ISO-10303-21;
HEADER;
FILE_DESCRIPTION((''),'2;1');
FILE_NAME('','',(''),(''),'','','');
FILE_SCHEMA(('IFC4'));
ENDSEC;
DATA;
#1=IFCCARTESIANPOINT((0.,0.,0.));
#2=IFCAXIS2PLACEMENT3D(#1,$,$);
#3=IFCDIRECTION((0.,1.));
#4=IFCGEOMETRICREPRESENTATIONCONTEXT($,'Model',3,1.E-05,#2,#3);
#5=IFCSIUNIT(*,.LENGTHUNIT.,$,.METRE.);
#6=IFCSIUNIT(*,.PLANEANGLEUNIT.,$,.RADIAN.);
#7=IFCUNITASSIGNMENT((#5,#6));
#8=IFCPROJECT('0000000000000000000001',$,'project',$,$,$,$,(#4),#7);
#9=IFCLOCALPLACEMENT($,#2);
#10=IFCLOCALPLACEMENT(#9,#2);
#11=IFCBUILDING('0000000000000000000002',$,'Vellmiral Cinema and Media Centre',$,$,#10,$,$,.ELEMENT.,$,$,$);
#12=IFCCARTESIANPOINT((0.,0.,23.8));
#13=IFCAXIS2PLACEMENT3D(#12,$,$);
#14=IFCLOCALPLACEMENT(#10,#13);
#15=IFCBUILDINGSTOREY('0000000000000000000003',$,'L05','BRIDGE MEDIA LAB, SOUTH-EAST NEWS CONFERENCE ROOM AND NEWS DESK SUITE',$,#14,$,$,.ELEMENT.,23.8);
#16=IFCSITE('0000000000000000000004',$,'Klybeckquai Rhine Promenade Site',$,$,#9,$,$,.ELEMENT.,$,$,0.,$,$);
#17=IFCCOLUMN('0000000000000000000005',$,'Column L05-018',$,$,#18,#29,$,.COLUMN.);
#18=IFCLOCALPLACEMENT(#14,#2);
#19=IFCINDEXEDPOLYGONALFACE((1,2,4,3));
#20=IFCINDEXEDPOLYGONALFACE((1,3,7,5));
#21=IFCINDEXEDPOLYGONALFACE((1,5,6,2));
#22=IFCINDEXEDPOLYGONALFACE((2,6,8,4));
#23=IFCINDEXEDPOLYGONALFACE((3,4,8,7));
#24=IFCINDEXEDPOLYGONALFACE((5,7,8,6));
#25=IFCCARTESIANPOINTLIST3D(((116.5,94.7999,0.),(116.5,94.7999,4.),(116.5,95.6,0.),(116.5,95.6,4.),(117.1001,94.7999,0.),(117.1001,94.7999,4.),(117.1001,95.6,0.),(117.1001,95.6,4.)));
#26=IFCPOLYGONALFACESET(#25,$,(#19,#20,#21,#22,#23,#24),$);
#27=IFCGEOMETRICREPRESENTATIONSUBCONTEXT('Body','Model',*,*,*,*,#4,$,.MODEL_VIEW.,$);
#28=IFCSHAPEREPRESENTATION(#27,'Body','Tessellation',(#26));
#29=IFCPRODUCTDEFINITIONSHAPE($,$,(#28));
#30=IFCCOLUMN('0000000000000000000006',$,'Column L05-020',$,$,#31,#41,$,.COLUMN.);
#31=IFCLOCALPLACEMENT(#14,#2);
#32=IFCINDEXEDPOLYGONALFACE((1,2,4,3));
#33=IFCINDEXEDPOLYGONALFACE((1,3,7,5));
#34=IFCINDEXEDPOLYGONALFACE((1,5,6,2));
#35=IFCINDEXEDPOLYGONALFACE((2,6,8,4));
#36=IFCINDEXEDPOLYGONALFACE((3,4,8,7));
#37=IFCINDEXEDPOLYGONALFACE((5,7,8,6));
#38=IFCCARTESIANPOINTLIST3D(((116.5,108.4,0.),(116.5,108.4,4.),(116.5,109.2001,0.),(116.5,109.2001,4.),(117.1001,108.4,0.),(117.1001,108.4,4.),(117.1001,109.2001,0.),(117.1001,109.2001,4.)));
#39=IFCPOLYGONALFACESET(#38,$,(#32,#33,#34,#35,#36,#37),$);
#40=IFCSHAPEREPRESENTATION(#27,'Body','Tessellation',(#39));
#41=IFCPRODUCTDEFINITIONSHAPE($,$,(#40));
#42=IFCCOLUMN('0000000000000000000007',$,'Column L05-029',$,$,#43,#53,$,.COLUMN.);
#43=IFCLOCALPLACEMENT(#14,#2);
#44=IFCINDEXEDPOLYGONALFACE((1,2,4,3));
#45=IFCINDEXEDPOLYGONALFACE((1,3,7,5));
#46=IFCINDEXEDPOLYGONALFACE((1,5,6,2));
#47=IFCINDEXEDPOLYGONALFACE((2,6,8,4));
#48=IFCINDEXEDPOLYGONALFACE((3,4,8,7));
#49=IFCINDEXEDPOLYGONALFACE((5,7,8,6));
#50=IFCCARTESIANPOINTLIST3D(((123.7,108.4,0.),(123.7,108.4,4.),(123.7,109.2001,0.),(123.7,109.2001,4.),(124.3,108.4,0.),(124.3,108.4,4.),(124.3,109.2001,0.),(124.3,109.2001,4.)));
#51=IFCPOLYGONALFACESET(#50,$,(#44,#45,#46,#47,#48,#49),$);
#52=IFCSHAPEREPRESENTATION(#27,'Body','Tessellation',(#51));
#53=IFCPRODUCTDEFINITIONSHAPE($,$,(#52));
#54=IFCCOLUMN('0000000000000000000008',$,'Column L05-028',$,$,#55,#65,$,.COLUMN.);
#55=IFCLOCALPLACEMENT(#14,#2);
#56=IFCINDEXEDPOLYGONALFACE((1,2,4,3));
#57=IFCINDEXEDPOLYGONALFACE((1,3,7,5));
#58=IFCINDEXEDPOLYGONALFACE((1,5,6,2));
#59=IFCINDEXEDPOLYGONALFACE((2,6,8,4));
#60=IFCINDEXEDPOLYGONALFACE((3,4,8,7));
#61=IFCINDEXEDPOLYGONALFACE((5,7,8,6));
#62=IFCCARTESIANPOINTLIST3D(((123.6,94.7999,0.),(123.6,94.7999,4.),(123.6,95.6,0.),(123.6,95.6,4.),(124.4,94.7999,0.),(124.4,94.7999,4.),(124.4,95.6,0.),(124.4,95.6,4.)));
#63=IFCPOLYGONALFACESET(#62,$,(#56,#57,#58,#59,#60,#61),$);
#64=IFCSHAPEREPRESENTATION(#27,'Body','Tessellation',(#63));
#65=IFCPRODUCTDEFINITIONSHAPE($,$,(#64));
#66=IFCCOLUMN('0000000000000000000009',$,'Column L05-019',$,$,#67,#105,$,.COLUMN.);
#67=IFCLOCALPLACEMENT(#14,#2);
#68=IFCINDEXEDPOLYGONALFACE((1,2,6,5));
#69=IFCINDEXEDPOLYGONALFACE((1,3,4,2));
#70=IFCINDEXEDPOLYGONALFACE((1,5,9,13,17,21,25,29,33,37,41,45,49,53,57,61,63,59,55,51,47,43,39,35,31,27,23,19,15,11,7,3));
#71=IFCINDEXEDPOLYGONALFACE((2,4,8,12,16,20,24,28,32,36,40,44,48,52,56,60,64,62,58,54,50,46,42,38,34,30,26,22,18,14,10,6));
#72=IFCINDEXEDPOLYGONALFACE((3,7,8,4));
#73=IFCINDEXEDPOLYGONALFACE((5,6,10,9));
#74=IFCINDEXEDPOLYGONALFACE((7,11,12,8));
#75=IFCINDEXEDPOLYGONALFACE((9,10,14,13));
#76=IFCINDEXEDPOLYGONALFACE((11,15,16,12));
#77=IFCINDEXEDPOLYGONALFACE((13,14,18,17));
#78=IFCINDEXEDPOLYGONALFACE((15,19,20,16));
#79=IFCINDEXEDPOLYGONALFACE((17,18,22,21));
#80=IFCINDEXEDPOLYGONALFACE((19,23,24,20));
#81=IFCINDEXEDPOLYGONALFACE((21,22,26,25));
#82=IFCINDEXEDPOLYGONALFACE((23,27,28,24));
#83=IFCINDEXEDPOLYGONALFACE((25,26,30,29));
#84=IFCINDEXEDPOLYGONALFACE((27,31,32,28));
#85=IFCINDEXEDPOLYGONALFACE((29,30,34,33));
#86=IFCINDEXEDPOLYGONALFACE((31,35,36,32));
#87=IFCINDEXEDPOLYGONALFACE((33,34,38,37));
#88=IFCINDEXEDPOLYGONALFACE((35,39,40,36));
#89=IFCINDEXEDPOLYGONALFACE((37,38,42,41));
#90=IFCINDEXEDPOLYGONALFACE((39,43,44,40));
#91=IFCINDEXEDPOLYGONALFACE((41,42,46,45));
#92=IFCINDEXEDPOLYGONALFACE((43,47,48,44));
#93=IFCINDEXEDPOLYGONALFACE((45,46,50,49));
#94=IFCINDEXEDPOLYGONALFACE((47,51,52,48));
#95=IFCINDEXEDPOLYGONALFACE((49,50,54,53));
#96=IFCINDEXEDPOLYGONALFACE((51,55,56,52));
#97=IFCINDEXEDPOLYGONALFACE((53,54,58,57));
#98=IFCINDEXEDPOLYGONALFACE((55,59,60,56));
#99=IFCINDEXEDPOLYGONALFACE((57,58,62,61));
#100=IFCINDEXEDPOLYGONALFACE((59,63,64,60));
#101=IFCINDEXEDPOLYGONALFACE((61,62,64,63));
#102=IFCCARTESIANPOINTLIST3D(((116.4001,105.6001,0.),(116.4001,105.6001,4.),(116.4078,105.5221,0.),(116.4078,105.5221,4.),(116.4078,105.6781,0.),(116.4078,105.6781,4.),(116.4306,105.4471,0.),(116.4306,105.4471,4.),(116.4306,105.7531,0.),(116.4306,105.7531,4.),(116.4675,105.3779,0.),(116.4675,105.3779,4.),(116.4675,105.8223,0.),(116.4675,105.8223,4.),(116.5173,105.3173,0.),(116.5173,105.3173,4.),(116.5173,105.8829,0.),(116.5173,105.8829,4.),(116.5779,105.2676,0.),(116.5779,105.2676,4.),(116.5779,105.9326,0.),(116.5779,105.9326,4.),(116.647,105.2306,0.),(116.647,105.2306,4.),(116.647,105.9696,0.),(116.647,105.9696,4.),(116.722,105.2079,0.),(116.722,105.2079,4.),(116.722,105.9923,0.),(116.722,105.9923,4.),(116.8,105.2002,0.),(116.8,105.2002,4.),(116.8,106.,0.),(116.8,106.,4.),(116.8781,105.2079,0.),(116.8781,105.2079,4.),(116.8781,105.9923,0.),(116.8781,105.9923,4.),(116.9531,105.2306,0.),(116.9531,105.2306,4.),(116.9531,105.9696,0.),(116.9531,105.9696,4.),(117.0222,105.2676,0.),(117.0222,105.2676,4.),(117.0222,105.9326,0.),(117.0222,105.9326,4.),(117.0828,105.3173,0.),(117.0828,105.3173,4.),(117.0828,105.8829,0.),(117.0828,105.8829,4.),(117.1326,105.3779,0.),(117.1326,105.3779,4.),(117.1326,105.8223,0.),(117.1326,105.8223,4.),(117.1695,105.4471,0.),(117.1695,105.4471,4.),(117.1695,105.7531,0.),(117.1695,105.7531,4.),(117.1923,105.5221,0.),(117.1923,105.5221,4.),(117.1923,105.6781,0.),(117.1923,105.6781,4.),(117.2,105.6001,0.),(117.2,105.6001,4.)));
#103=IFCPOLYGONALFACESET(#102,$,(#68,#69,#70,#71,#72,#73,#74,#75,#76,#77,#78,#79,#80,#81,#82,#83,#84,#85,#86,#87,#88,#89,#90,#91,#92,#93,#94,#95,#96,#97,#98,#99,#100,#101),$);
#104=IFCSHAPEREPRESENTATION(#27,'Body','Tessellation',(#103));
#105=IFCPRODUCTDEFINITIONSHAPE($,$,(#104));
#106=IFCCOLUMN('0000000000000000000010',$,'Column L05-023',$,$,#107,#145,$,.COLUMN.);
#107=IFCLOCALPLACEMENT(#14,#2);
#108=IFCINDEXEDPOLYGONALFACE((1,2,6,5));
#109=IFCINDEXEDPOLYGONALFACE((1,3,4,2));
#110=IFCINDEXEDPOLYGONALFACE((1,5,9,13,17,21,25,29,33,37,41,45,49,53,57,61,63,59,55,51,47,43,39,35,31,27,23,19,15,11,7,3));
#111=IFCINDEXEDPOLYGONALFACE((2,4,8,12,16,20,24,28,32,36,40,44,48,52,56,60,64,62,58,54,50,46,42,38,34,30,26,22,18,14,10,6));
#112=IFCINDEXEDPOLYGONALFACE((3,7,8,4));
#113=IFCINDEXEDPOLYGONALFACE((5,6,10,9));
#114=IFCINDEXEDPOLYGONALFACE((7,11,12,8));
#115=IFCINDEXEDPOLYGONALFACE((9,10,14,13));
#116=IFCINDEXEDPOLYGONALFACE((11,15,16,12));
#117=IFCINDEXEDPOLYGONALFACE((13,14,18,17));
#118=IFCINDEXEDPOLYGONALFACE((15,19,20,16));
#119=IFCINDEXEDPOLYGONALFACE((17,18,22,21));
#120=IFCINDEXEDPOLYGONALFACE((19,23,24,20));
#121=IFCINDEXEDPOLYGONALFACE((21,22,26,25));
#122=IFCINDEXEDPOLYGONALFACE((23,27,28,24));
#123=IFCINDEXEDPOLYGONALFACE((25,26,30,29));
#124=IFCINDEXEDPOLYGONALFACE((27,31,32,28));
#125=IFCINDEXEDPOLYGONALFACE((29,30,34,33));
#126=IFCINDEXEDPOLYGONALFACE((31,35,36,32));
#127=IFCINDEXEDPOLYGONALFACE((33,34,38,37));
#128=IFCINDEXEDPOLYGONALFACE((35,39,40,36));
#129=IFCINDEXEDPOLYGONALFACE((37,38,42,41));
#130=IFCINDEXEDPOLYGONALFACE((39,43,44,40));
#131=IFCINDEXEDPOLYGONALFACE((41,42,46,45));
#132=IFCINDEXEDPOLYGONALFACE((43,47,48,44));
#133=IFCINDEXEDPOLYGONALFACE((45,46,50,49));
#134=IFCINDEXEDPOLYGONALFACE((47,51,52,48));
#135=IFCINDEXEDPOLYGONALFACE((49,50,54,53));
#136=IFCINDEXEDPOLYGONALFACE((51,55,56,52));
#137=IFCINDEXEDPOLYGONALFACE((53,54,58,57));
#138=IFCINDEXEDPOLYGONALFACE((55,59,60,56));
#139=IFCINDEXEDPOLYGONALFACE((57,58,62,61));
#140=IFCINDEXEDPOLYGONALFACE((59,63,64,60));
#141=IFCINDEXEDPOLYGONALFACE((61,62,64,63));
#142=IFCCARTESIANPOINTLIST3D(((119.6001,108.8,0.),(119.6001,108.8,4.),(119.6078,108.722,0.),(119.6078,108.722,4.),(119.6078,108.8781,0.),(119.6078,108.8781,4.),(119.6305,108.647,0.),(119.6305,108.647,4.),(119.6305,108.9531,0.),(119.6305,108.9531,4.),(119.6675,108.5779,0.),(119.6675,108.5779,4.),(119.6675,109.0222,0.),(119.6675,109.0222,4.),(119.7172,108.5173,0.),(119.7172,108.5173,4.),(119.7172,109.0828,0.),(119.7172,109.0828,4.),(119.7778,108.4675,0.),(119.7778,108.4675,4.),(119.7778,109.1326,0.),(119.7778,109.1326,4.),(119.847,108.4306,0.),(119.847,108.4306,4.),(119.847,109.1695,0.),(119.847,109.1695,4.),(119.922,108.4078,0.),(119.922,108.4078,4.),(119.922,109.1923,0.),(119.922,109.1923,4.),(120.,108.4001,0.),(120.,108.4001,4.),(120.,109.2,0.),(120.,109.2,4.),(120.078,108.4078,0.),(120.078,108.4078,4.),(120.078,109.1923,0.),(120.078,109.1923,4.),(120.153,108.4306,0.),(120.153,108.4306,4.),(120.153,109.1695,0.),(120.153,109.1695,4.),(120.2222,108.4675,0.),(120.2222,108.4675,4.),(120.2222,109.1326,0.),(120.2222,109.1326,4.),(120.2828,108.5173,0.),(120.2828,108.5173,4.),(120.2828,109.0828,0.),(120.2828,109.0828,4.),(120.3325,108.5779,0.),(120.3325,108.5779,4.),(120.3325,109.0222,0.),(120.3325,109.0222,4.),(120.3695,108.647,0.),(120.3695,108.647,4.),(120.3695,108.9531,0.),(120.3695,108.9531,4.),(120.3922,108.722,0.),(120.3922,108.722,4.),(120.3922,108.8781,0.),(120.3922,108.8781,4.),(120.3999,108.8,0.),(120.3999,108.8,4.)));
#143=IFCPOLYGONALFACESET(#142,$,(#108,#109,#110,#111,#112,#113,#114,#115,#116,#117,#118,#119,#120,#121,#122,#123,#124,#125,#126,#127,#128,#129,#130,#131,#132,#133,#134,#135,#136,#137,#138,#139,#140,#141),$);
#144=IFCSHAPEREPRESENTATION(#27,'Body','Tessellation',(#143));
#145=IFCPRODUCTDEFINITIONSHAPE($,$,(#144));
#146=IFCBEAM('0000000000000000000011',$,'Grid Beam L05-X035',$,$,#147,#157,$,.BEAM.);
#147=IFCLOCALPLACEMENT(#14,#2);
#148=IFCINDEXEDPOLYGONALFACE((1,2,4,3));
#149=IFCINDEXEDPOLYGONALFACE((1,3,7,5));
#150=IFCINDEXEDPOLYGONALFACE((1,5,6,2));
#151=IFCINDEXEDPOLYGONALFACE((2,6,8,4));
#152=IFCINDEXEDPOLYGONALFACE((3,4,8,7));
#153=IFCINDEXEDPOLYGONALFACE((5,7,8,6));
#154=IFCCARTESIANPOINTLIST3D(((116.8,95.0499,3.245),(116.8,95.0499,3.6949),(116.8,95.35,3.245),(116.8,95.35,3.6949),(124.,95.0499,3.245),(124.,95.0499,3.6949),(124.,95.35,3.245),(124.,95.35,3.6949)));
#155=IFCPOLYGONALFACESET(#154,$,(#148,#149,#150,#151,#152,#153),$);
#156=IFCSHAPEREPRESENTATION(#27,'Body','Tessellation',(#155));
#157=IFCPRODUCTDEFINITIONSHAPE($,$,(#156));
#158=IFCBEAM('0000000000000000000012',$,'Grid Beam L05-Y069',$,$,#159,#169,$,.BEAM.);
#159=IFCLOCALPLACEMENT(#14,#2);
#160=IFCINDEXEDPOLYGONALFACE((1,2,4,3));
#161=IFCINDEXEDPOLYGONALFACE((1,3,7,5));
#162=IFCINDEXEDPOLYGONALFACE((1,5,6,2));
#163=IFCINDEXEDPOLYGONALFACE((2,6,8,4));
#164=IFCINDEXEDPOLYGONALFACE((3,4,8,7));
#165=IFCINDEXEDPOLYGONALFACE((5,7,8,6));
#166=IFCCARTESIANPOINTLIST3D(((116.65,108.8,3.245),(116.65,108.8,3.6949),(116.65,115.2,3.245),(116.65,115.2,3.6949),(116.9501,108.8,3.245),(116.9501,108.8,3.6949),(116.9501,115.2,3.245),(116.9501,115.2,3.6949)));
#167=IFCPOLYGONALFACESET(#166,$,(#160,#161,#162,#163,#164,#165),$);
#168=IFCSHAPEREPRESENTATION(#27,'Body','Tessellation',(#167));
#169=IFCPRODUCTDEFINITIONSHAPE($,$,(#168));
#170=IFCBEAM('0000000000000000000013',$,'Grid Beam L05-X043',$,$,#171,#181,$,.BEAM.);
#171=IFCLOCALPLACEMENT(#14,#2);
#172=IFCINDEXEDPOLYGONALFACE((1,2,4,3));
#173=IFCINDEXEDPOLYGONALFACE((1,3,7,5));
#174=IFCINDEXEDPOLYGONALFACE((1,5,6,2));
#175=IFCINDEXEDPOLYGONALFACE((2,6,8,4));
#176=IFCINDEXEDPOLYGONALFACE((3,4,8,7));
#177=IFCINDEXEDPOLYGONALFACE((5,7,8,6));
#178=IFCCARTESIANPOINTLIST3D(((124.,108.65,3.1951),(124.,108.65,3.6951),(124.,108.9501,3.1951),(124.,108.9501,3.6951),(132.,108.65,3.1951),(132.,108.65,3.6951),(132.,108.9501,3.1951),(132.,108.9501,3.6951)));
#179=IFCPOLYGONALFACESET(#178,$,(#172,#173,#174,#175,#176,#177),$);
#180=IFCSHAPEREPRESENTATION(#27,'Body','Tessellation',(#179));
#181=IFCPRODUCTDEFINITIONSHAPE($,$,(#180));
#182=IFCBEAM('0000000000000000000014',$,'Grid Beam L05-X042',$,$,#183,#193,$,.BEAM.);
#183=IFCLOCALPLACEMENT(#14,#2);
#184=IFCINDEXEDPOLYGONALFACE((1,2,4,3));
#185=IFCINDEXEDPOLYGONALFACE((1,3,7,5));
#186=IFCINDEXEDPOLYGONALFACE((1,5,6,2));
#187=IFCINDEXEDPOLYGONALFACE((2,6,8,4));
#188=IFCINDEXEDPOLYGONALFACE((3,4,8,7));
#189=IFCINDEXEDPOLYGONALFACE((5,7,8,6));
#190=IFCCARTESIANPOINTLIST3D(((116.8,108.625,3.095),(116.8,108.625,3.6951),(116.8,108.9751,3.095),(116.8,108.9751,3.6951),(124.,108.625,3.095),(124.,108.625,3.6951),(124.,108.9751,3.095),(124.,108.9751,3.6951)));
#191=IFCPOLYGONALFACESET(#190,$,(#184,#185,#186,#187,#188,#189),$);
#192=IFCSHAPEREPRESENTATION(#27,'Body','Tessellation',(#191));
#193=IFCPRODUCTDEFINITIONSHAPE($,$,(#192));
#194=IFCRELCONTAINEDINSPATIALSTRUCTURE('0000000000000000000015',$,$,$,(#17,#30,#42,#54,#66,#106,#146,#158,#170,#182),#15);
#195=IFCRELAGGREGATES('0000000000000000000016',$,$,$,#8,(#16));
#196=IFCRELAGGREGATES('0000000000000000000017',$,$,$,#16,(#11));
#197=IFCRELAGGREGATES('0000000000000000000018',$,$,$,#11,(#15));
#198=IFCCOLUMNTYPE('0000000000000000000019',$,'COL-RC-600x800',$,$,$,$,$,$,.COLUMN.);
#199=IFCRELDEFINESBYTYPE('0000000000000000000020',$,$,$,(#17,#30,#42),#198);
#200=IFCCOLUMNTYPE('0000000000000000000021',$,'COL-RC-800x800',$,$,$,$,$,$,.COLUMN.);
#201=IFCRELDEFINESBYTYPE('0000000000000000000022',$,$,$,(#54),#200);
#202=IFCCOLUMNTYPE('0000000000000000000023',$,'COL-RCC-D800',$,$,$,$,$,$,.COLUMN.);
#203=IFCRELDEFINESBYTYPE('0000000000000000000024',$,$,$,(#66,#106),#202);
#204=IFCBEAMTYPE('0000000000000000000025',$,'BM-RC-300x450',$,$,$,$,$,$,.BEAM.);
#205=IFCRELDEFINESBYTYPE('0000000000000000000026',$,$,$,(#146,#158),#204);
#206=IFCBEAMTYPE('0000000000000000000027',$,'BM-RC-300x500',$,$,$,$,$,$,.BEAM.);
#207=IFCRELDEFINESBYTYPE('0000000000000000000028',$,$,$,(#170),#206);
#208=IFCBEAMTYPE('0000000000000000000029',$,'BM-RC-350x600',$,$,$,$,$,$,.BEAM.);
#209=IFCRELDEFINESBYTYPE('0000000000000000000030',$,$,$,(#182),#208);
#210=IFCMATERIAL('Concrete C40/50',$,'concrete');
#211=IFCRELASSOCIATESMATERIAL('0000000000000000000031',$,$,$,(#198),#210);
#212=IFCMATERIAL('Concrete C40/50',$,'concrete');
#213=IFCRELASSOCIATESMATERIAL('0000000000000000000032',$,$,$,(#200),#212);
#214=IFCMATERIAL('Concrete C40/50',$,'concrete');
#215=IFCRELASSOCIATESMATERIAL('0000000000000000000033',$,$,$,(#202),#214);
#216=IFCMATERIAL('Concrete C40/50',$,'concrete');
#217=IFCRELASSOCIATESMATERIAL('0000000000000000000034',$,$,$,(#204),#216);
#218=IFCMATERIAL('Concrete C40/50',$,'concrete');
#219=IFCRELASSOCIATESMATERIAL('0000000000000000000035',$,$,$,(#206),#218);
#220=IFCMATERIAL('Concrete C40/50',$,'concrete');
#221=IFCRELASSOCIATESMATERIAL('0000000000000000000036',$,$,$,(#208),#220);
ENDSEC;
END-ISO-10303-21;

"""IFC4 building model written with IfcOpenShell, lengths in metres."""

from ifc_helpers import new_model, si_unit, direction, frame, origin, origin_2d, place, context, subcontext, project, spatial, rectangle, circle, extrude, material, material_profile, profile_set, type_object, element, save


model = new_model("IFC4")

# Units and contexts
model_context = context("Model", 3, precision=1e-05, world=origin(), true_north=direction((0.0, 1.0)))
body_context = subcontext(model_context, "Body", "Model", "MODEL_VIEW")
ifc_project = project(units=[si_unit("LENGTHUNIT", "METRE"), si_unit("PLANEANGLEUNIT", "RADIAN")], contexts=[model_context])

# Site, building, storey
site_placement = place(None, origin())
site = spatial("IfcSite", under=ifc_project, at=site_placement, Name="Klybeckquai Rhine Promenade Site", CompositionType="ELEMENT", RefElevation=0.0)
building_placement = place(site_placement, origin())
building = spatial("IfcBuilding", under=site, at=building_placement, Name="Vellmiral Cinema and Media Centre", CompositionType="ELEMENT")
storey_placement = place(building_placement, frame((0.0, 0.0, 23.8)))
storey = spatial("IfcBuildingStorey", under=building, at=storey_placement, Name="L05", Description="BRIDGE MEDIA LAB, SOUTH-EAST NEWS CONFERENCE ROOM AND NEWS DESK SUITE", CompositionType="ELEMENT", Elevation=23.8)

# Columns
ifc_material_1 = material(Name="Concrete C40/50", Category="concrete")
ifc_material_profile_1 = material_profile(ifc_material_1, rectangle(XDim=0.6001, YDim=0.8, at=origin_2d()), Name="RC 600x800")
ifc_profile_set_1 = profile_set([ifc_material_profile_1], Name="Concrete C40/50")
column_type_1 = type_object("IfcColumnType", Name="COL-RC-600x800", PredefinedType="COLUMN", material=ifc_profile_set_1)
for number, where, z_axis, x_axis, name in (
    (1, (116.8, 95.2, 0.0), (0.0, 0.0, 1.0), (1.0, 0.0, 0.0), "Column L05-018"),
    (2, (116.8, 108.8, 0.0), (0.0, 0.0, 1.0), (1.0, 0.0, 0.0), "Column L05-020"),
    (3, (124.0, 108.8, 0.0), (0.0, 0.0, 1.0), (1.0, 0.0, 0.0), "Column L05-029"),
):
    element("IfcColumn", number, at=place(storey_placement, frame(where, z_axis=z_axis, x_axis=x_axis)), inside=storey, type_object=column_type_1, Name=name, PredefinedType="COLUMN", context=body_context, shape_type="SweptSolid", body=[
        extrude(rectangle(XDim=0.6001, YDim=0.8, at=origin_2d()), origin(), (0.0, 0.0, 1.0), 4.0),
    ])
ifc_material_2 = material(Name="Concrete C40/50", Category="concrete")
ifc_material_profile_2 = material_profile(ifc_material_2, rectangle(XDim=0.8, YDim=0.8, at=origin_2d()), Name="RC 800x800")
ifc_profile_set_2 = profile_set([ifc_material_profile_2], Name="Concrete C40/50")
column_type_2 = type_object("IfcColumnType", Name="COL-RC-800x800", PredefinedType="COLUMN", material=ifc_profile_set_2)
column_placement = place(storey_placement, frame((124.0, 95.2, 0.0), z_axis=(0.0, 0.0, 1.0), x_axis=(1.0, 0.0, 0.0)))
element("IfcColumn", 4, at=column_placement, inside=storey, type_object=column_type_2, Name="Column L05-028", PredefinedType="COLUMN", context=body_context, shape_type="SweptSolid", body=[
    extrude(rectangle(XDim=0.8, YDim=0.8, at=origin_2d()), origin(), (0.0, 0.0, 1.0), 4.0),
])
ifc_material_3 = material(Name="Concrete C40/50", Category="concrete")
ifc_material_profile_3 = material_profile(ifc_material_3, circle(Radius=0.3999, at=origin_2d()), Name="RC D800")
ifc_profile_set_3 = profile_set([ifc_material_profile_3], Name="Concrete C40/50")
column_type_3 = type_object("IfcColumnType", Name="COL-RCC-D800", PredefinedType="COLUMN", material=ifc_profile_set_3)
for number, where, z_axis, x_axis, name in (
    (5, (116.8, 105.6001, 0.0), (0.0, 0.0, 1.0), (1.0, 0.0, 0.0), "Column L05-019"),
    (6, (120.0, 108.8, 0.0), (0.0, 0.0, 1.0), (1.0, 0.0, 0.0), "Column L05-023"),
):
    element("IfcColumn", number, at=place(storey_placement, frame(where, z_axis=z_axis, x_axis=x_axis)), inside=storey, type_object=column_type_3, Name=name, PredefinedType="COLUMN", context=body_context, shape_type="SweptSolid", body=[
        extrude(circle(Radius=0.3999, at=origin_2d()), origin(), (0.0, 0.0, 1.0), 4.0),
    ])

# Beams
ifc_material_4 = material(Name="Concrete C40/50", Category="concrete")
ifc_material_profile_4 = material_profile(ifc_material_4, rectangle(XDim=0.3, YDim=0.45, at=origin_2d()), Name="RC 300x450")
ifc_profile_set_4 = profile_set([ifc_material_profile_4], Name="Concrete C40/50")
beam_type_1 = type_object("IfcBeamType", Name="BM-RC-300x450", PredefinedType="BEAM", material=ifc_profile_set_4)
beam_1_placement = place(storey_placement, frame((116.8, 95.2, 3.47), z_axis=(1.0, 0.0, 0.0), x_axis=(0.0, 1.0, 0.0)))
element("IfcBeam", 7, at=beam_1_placement, inside=storey, type_object=beam_type_1, Name="Grid Beam L05-X035", PredefinedType="BEAM", context=body_context, shape_type="SweptSolid", body=[
    extrude(rectangle(XDim=0.3, YDim=0.45, at=origin_2d()), origin(), (0.0, 0.0, 1.0), 7.2),
])
beam_2_placement = place(storey_placement, frame((116.8, 108.8, 3.47), z_axis=(0.0, 1.0, 0.0), x_axis=(-1.0, 0.0, 0.0)))
element("IfcBeam", 8, at=beam_2_placement, inside=storey, type_object=beam_type_1, Name="Grid Beam L05-Y069", PredefinedType="BEAM", context=body_context, shape_type="SweptSolid", body=[
    extrude(rectangle(XDim=0.3, YDim=0.45, at=origin_2d()), origin(), (0.0, 0.0, 1.0), 6.3999),
])
ifc_material_5 = material(Name="Concrete C40/50", Category="concrete")
ifc_material_profile_5 = material_profile(ifc_material_5, rectangle(XDim=0.3, YDim=0.5, at=origin_2d()), Name="RC 300x500")
ifc_profile_set_5 = profile_set([ifc_material_profile_5], Name="Concrete C40/50")
beam_type_2 = type_object("IfcBeamType", Name="BM-RC-300x500", PredefinedType="BEAM", material=ifc_profile_set_5)
beam_3_placement = place(storey_placement, frame((124.0, 108.8, 3.4451), z_axis=(1.0, 0.0, 0.0), x_axis=(0.0, 1.0, 0.0)))
element("IfcBeam", 9, at=beam_3_placement, inside=storey, type_object=beam_type_2, Name="Grid Beam L05-X043", PredefinedType="BEAM", context=body_context, shape_type="SweptSolid", body=[
    extrude(rectangle(XDim=0.3, YDim=0.5, at=origin_2d()), origin(), (0.0, 0.0, 1.0), 8.0),
])
ifc_material_6 = material(Name="Concrete C40/50", Category="concrete")
ifc_material_profile_6 = material_profile(ifc_material_6, rectangle(XDim=0.3501, YDim=0.6001, at=origin_2d()), Name="RC 350x600")
ifc_profile_set_6 = profile_set([ifc_material_profile_6], Name="Concrete C40/50")
beam_type_3 = type_object("IfcBeamType", Name="BM-RC-350x600", PredefinedType="BEAM", material=ifc_profile_set_6)
beam_4_placement = place(storey_placement, frame((116.8, 108.8, 3.395), z_axis=(1.0, 0.0, 0.0), x_axis=(0.0, 1.0, 0.0)))
element("IfcBeam", 10, at=beam_4_placement, inside=storey, type_object=beam_type_3, Name="Grid Beam L05-X042", PredefinedType="BEAM", context=body_context, shape_type="SweptSolid", body=[
    extrude(rectangle(XDim=0.3501, YDim=0.6001, at=origin_2d()), origin(), (0.0, 0.0, 1.0), 7.2),
])

save(model, "model.ifc")
